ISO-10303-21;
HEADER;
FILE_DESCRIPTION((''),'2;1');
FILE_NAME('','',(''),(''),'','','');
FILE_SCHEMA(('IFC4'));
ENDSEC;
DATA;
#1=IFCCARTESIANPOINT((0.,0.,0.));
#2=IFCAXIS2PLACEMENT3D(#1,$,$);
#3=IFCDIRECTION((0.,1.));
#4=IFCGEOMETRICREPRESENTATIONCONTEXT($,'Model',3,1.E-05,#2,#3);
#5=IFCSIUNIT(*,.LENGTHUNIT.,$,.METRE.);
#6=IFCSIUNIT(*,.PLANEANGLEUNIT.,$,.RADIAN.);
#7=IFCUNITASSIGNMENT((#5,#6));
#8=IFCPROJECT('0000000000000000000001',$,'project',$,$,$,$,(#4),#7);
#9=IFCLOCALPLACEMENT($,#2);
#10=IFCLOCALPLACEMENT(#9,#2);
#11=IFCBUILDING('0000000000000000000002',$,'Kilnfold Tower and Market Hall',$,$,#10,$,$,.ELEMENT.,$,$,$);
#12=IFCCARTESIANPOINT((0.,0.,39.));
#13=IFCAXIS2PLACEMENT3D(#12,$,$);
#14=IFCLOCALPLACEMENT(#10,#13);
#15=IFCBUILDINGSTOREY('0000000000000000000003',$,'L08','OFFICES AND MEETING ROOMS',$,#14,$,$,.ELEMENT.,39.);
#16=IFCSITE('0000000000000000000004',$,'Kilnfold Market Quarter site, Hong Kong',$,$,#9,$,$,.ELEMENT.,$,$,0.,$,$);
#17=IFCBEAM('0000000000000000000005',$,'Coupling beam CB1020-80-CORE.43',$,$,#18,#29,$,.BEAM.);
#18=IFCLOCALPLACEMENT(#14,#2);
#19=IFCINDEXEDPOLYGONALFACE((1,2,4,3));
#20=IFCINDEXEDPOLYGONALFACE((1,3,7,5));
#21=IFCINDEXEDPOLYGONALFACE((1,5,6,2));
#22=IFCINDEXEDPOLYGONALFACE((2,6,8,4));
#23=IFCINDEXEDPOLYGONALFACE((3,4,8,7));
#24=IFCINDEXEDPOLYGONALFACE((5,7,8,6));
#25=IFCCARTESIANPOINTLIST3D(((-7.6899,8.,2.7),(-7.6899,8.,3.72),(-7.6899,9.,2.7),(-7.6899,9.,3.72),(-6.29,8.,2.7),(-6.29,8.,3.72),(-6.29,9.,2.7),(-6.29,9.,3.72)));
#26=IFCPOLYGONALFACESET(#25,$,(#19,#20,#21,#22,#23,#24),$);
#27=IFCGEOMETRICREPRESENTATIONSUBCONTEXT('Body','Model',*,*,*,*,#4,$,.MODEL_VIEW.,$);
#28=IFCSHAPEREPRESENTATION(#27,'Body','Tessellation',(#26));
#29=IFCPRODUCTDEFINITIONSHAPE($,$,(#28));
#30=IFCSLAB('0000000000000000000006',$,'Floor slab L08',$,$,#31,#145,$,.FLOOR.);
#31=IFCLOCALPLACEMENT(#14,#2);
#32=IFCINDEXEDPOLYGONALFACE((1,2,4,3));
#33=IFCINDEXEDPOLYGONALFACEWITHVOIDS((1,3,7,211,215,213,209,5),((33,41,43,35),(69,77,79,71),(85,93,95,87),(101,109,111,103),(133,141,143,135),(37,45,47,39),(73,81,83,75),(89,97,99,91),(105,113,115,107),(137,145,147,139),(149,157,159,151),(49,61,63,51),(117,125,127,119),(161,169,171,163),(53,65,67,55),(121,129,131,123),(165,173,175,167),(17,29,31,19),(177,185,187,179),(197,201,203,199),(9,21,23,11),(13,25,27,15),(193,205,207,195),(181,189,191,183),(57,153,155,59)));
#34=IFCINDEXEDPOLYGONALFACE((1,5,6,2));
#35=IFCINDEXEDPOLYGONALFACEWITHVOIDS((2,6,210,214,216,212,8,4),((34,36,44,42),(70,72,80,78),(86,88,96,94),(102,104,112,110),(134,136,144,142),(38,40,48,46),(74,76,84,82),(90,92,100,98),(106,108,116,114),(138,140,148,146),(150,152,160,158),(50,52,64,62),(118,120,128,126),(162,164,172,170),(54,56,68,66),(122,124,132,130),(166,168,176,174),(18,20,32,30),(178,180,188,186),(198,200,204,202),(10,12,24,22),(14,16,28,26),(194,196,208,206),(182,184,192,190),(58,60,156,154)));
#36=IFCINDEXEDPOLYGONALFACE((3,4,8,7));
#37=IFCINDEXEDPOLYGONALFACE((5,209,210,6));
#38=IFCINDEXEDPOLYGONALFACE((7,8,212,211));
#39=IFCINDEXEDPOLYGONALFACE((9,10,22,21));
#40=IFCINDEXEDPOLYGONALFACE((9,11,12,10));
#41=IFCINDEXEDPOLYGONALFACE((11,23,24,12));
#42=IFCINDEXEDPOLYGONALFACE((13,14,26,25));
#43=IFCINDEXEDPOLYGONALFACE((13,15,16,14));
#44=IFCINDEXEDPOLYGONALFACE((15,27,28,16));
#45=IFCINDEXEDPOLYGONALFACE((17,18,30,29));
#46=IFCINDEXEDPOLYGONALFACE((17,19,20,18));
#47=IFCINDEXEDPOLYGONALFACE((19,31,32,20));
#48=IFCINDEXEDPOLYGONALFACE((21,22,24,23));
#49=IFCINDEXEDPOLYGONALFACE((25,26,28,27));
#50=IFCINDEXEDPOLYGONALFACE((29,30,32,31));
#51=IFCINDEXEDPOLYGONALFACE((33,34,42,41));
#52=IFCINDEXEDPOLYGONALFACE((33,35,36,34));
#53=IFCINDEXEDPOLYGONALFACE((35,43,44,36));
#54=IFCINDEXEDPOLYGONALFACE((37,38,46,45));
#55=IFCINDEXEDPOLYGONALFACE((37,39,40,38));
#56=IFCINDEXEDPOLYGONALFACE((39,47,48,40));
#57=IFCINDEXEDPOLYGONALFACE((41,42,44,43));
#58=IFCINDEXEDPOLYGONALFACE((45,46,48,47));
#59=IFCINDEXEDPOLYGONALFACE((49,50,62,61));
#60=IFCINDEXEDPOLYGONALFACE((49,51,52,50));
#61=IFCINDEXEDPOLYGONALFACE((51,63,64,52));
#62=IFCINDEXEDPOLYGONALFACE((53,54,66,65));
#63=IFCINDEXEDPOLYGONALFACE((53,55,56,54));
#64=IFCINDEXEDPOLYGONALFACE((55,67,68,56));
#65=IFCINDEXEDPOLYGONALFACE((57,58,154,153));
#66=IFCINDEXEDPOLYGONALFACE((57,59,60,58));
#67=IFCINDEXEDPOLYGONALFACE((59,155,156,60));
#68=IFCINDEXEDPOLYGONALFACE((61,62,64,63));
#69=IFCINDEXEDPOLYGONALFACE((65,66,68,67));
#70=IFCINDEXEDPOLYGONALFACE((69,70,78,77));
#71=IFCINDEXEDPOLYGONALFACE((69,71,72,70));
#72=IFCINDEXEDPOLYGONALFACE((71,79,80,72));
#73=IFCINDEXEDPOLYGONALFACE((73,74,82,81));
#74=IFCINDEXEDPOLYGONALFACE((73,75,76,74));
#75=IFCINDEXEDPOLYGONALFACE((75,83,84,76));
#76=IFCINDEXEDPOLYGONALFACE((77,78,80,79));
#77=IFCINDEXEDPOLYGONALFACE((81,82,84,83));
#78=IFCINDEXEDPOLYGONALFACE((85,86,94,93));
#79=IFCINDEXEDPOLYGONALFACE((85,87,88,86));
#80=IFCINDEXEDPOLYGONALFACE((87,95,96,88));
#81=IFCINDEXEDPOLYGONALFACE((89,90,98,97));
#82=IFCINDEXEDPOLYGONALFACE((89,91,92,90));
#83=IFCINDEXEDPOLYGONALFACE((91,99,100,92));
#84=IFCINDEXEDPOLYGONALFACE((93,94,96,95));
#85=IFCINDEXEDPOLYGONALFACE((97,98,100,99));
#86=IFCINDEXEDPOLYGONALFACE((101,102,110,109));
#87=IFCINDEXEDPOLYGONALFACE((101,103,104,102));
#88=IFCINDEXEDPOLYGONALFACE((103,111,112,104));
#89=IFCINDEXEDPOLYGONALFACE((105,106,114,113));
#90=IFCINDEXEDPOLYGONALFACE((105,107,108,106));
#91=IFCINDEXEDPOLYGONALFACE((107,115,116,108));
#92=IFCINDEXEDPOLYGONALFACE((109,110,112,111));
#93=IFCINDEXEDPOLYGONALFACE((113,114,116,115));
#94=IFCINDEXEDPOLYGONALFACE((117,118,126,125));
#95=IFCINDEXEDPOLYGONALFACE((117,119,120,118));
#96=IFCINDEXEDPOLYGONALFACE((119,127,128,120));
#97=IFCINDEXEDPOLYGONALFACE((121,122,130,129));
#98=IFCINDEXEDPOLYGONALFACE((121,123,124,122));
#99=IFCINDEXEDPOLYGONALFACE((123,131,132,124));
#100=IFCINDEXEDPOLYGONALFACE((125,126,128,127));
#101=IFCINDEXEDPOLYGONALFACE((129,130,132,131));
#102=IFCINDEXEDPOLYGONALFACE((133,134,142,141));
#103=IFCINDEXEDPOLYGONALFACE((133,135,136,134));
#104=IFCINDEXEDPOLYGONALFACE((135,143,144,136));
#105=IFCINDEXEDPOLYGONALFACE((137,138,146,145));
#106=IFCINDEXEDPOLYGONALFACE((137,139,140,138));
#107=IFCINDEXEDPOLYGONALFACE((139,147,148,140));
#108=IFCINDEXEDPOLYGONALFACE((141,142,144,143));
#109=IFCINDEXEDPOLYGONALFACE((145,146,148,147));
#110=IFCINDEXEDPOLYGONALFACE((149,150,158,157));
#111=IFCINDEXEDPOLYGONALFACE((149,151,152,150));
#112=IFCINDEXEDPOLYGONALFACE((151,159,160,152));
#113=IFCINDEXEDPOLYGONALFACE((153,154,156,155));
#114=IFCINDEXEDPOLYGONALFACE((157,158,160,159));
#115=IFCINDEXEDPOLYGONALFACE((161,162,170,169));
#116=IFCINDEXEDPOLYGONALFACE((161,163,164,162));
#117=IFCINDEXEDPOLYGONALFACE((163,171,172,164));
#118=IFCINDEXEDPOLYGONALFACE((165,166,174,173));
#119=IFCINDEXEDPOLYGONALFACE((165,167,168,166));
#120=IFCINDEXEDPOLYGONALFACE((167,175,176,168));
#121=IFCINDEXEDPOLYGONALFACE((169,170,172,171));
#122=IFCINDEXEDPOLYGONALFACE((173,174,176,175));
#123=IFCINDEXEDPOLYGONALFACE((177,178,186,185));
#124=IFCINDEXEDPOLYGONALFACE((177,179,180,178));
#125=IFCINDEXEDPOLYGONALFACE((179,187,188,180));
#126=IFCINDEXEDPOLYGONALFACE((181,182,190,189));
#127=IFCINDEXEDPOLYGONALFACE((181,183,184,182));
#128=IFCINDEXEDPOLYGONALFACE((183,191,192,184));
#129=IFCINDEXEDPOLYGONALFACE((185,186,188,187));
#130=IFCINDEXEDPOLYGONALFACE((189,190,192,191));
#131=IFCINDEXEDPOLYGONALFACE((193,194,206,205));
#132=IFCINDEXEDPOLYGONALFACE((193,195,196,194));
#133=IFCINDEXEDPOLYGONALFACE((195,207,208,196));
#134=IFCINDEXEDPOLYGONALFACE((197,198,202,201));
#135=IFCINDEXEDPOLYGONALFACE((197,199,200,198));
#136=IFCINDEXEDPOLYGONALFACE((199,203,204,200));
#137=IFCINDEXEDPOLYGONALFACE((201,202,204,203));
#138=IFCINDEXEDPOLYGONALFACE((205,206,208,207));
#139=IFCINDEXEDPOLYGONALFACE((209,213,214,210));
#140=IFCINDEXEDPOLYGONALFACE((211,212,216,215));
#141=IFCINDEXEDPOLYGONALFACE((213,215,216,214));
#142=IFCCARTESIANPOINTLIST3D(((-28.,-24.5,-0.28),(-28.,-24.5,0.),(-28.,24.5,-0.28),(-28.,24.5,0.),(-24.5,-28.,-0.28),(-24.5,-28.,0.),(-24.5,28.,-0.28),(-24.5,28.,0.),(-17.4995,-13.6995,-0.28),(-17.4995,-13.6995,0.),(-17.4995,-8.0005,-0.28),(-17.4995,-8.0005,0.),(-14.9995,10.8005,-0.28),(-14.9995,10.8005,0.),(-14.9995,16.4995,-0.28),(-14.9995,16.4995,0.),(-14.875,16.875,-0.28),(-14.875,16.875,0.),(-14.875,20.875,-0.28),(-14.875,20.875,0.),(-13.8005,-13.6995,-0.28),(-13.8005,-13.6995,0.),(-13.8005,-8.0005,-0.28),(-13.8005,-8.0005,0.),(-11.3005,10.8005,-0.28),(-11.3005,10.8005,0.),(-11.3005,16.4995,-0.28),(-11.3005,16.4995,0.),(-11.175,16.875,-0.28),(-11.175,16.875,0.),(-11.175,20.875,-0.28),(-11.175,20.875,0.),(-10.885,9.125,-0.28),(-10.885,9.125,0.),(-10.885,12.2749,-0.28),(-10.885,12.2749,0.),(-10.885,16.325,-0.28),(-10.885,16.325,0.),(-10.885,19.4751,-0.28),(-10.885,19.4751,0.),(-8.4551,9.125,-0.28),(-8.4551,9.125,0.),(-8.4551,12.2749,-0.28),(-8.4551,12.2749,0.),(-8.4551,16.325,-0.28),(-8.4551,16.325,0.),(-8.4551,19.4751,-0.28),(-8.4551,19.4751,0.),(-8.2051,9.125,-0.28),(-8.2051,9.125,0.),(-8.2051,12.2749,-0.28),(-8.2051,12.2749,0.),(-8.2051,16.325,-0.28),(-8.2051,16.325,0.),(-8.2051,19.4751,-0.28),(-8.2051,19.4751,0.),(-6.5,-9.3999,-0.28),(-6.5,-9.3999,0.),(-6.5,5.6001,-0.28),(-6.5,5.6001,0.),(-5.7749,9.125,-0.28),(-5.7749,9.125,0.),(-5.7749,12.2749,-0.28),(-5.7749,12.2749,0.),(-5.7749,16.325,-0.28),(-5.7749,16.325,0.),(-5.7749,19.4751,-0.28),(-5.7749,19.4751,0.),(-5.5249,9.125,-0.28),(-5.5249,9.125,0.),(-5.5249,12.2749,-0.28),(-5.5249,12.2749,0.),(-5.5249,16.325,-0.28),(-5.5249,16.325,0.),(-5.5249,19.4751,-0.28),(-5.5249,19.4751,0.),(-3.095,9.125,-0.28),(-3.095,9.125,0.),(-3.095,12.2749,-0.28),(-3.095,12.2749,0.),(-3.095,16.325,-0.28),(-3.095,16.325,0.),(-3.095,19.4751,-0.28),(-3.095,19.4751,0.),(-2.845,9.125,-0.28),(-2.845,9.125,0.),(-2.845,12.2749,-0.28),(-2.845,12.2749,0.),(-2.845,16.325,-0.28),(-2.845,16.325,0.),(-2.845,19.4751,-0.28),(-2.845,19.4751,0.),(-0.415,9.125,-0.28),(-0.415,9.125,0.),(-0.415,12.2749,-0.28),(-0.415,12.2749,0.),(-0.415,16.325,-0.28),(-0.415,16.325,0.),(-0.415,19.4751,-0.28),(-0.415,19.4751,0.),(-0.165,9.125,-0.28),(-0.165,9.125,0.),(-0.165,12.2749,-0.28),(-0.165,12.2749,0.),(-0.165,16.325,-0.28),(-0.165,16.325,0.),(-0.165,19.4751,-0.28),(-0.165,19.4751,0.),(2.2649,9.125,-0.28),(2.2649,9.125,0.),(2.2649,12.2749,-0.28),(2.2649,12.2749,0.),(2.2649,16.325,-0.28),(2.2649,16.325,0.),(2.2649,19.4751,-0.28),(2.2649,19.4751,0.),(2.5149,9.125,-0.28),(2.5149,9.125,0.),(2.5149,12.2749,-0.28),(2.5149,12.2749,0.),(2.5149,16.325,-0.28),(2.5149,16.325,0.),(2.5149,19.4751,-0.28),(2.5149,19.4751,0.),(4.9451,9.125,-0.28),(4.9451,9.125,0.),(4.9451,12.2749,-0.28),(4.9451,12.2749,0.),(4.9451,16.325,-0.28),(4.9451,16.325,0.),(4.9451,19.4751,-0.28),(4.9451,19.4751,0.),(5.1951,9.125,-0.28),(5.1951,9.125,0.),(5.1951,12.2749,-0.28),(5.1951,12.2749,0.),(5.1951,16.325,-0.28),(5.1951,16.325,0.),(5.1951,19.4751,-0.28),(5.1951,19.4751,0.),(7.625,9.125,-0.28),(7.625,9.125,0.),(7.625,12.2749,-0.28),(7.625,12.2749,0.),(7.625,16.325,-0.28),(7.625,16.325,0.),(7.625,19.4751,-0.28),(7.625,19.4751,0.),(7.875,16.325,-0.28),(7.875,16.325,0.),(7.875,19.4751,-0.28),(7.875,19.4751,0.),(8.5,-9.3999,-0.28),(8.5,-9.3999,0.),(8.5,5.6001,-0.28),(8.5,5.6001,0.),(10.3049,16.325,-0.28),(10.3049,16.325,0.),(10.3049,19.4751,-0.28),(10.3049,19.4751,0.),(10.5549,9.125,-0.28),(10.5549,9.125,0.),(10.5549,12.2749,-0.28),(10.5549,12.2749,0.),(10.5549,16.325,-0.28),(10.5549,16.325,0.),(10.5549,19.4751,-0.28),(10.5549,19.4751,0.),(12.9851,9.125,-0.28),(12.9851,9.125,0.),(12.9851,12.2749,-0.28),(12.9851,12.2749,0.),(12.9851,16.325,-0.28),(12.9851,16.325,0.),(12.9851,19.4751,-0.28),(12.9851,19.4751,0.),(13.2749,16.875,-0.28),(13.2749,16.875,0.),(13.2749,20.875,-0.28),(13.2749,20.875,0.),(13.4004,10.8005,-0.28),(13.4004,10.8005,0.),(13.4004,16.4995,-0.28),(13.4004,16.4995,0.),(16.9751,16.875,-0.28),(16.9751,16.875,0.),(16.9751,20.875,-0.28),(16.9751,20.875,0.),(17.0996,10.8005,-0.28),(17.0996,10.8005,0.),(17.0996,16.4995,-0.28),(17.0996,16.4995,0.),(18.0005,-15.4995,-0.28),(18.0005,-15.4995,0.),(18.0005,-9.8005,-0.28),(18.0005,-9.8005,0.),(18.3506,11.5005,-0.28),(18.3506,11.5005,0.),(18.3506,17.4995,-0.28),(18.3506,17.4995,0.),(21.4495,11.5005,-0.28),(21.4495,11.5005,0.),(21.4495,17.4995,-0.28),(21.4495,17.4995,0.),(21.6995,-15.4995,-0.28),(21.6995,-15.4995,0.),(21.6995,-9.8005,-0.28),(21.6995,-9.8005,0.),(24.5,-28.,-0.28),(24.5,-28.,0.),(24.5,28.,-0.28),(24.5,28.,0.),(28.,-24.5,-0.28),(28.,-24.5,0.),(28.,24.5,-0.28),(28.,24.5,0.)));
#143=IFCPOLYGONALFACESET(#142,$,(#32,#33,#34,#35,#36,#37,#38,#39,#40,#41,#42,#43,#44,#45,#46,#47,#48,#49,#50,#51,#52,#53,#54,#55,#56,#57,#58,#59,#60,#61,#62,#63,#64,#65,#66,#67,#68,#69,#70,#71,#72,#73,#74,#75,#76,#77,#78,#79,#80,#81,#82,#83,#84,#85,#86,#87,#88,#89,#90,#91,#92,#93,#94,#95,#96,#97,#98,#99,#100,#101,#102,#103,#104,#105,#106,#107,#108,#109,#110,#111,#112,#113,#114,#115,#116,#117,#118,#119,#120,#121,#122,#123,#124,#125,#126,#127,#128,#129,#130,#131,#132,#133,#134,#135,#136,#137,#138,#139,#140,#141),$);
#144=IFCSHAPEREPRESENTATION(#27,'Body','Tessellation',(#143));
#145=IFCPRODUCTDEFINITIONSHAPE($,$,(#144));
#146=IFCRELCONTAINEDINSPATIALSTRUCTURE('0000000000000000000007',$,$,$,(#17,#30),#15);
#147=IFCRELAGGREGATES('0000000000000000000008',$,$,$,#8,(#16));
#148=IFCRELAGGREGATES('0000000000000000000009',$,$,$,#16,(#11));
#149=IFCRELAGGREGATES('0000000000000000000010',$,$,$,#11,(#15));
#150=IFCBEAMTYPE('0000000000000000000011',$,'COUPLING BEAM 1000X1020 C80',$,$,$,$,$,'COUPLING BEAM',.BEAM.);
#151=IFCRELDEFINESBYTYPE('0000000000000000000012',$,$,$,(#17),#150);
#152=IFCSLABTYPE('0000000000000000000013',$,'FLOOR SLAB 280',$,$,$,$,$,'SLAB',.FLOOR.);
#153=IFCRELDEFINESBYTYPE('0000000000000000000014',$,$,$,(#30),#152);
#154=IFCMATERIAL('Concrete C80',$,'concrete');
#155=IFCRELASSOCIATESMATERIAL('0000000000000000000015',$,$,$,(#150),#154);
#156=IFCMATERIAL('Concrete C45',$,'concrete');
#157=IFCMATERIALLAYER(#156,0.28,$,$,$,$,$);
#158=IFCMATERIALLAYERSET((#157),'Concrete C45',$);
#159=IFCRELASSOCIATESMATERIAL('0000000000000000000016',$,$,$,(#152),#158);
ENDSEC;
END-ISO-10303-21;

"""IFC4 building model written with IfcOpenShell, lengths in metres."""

from ifc_helpers import new_model, si_unit, direction, frame, origin, origin_2d, place, context, subcontext, project, spatial, polyline, rectangle, outline, extrude, source, transform, mapped, material, layer, layer_set, material_profile, profile_set, type_object, element, save


model = new_model("IFC4")

# Units and contexts
model_context = context("Model", 3, precision=1e-05, world=origin(), true_north=direction((0.0, 1.0)))
body_context = subcontext(model_context, "Body", "Model", "MODEL_VIEW")
ifc_project = project(units=[si_unit("LENGTHUNIT", "METRE"), si_unit("PLANEANGLEUNIT", "RADIAN")], contexts=[model_context])

# Site, building, storey
site_placement = place(None, origin())
site = spatial("IfcSite", under=ifc_project, at=site_placement, Name="Kilnfold Market Quarter site, Hong Kong", CompositionType="ELEMENT", RefElevation=0.0)
building_placement = place(site_placement, origin())
building = spatial("IfcBuilding", under=site, at=building_placement, Name="Kilnfold Tower and Market Hall", CompositionType="ELEMENT")
storey_placement = place(building_placement, frame((0.0, 0.0, 39.0)))
storey = spatial("IfcBuildingStorey", under=building, at=storey_placement, Name="L08", Description="OFFICES AND MEETING ROOMS", CompositionType="ELEMENT", Elevation=39.0)

# Beam
ifc_material_1 = material(Name="Concrete C80", Category="concrete")
ifc_material_profile = material_profile(ifc_material_1, rectangle(XDim=1.0, YDim=1.02, at=origin_2d()), Name="RC 1000x1020")
ifc_profile_set = profile_set([ifc_material_profile], Name="Concrete C80")
beam_type = type_object("IfcBeamType", Name="COUPLING BEAM 1000X1020 C80", ElementType="COUPLING BEAM", PredefinedType="BEAM", material=ifc_profile_set)
shared_shape_1 = source(origin(), body_context, "Body", "SweptSolid", [
    extrude(rectangle(XDim=1.0, YDim=1.02, at=origin_2d()), origin(), (0.0, 0.0, 1.0), 1.3999),
])
beam_placement = place(storey_placement, frame((-7.6899, 8.5, 3.21), z_axis=(1.0, 0.0, 0.0), x_axis=(0.0, 1.0, 0.0)))
element("IfcBeam", 1, at=beam_placement, inside=storey, type_object=beam_type, Name="Coupling beam CB1020-80-CORE.43", PredefinedType="BEAM", context=body_context, shape_type="MappedRepresentation", body=[
    mapped(shared_shape_1, transform((0.0, 0.0, 0.0))),
])

# Slab
ifc_material_2 = material(Name="Concrete C45", Category="concrete")
ifc_layer_1 = layer(ifc_material_2, 0.28)
ifc_layer_set_1 = layer_set([ifc_layer_1], Name="Concrete C45")
slab_type_1 = type_object("IfcSlabType", Name="FLOOR SLAB 280", ElementType="SLAB", PredefinedType="FLOOR", material=ifc_layer_set_1)
shared_shape_2 = source(origin(), body_context, "Body", "SweptSolid", [
    extrude(outline(polyline([(-24.5, -28.0), (24.5, -28.0), (28.0, -24.5), (28.0, 24.5), (24.5, 28.0), (-24.5, 28.0), (-28.0, 24.5), (-28.0, -24.5), (-24.5, -28.0)]), holes=[polyline([(-13.8005, -13.6995), (-17.4995, -13.6995), (-17.4995, -8.0005), (-13.8005, -8.0005), (-13.8005, -13.6995)]), polyline([(-11.3005, 10.8005), (-14.9995, 10.8005), (-14.9995, 16.4995), (-11.3005, 16.4995), (-11.3005, 10.8005)]), polyline([(-11.175, 16.875), (-14.875, 16.875), (-14.875, 20.875), (-11.175, 20.875), (-11.175, 16.875)]), polyline([(-10.885, 9.125), (-10.885, 12.2749), (-8.4551, 12.2749), (-8.4551, 9.125), (-10.885, 9.125)]), polyline([(-10.885, 16.325), (-10.885, 19.4751), (-8.4551, 19.4751), (-8.4551, 16.325), (-10.885, 16.325)]), polyline([(-5.7749, 9.125), (-8.2051, 9.125), (-8.2051, 12.2749), (-5.7749, 12.2749), (-5.7749, 9.125)]), polyline([(-8.2051, 16.325), (-8.2051, 19.4751), (-5.7749, 19.4751), (-5.7749, 16.325), (-8.2051, 16.325)]), polyline([(-6.5, -9.3999), (-6.5, 5.6001), (8.5, 5.6001), (8.5, -9.3999), (-6.5, -9.3999)]), polyline([(-5.5249, 9.125), (-5.5249, 12.2749), (-3.095, 12.2749), (-3.095, 9.125), (-5.5249, 9.125)]), polyline([(-3.095, 16.325), (-5.5249, 16.325), (-5.5249, 19.4751), (-3.095, 19.4751), (-3.095, 16.325)]), polyline([(-2.845, 9.125), (-2.845, 12.2749), (-0.415, 12.2749), (-0.415, 9.125), (-2.845, 9.125)]), polyline([(-2.845, 16.325), (-2.845, 19.4751), (-0.415, 19.4751), (-0.415, 16.325), (-2.845, 16.325)]), polyline([(-0.165, 9.125), (-0.165, 12.2749), (2.2649, 12.2749), (2.2649, 9.125), (-0.165, 9.125)]), polyline([(-0.165, 16.325), (-0.165, 19.4751), (2.2649, 19.4751), (2.2649, 16.325), (-0.165, 16.325)]), polyline([(4.9451, 9.125), (2.5149, 9.125), (2.5149, 12.2749), (4.9451, 12.2749), (4.9451, 9.125)]), polyline([(2.5149, 16.325), (2.5149, 19.4751), (4.9451, 19.4751), (4.9451, 16.325), (2.5149, 16.325)]), polyline([(5.1951, 9.125), (5.1951, 12.2749), (7.625, 12.2749), (7.625, 9.125), (5.1951, 9.125)]), polyline([(5.1951, 16.325), (5.1951, 19.4751), (7.625, 19.4751), (7.625, 16.325), (5.1951, 16.325)]), polyline([(7.875, 16.325), (7.875, 19.4751), (10.3049, 19.4751), (10.3049, 16.325), (7.875, 16.325)]), polyline([(10.5549, 9.125), (10.5549, 12.2749), (12.9851, 12.2749), (12.9851, 9.125), (10.5549, 9.125)]), polyline([(10.5549, 16.325), (10.5549, 19.4751), (12.9851, 19.4751), (12.9851, 16.325), (10.5549, 16.325)]), polyline([(13.2749, 16.875), (13.2749, 20.875), (16.9751, 20.875), (16.9751, 16.875), (13.2749, 16.875)]), polyline([(17.0996, 10.8005), (13.4004, 10.8005), (13.4004, 16.4995), (17.0996, 16.4995), (17.0996, 10.8005)]), polyline([(21.6995, -9.8005), (21.6995, -15.4995), (18.0005, -15.4995), (18.0005, -9.8005), (21.6995, -9.8005)]), polyline([(18.3506, 11.5005), (18.3506, 17.4995), (21.4495, 17.4995), (21.4495, 11.5005), (18.3506, 11.5005)])]), origin(), (0.0, 0.0, 1.0), 0.28),
])
slab_1_placement = place(storey_placement, frame((0.0, 0.0, -0.28)))
element("IfcSlab", 2, at=slab_1_placement, inside=storey, type_object=slab_type_1, Name="Floor slab L08", PredefinedType="FLOOR", context=body_context, shape_type="MappedRepresentation", body=[
    mapped(shared_shape_2, transform((0.0, 0.0, 0.0))),
])

save(model, "model.ifc")
